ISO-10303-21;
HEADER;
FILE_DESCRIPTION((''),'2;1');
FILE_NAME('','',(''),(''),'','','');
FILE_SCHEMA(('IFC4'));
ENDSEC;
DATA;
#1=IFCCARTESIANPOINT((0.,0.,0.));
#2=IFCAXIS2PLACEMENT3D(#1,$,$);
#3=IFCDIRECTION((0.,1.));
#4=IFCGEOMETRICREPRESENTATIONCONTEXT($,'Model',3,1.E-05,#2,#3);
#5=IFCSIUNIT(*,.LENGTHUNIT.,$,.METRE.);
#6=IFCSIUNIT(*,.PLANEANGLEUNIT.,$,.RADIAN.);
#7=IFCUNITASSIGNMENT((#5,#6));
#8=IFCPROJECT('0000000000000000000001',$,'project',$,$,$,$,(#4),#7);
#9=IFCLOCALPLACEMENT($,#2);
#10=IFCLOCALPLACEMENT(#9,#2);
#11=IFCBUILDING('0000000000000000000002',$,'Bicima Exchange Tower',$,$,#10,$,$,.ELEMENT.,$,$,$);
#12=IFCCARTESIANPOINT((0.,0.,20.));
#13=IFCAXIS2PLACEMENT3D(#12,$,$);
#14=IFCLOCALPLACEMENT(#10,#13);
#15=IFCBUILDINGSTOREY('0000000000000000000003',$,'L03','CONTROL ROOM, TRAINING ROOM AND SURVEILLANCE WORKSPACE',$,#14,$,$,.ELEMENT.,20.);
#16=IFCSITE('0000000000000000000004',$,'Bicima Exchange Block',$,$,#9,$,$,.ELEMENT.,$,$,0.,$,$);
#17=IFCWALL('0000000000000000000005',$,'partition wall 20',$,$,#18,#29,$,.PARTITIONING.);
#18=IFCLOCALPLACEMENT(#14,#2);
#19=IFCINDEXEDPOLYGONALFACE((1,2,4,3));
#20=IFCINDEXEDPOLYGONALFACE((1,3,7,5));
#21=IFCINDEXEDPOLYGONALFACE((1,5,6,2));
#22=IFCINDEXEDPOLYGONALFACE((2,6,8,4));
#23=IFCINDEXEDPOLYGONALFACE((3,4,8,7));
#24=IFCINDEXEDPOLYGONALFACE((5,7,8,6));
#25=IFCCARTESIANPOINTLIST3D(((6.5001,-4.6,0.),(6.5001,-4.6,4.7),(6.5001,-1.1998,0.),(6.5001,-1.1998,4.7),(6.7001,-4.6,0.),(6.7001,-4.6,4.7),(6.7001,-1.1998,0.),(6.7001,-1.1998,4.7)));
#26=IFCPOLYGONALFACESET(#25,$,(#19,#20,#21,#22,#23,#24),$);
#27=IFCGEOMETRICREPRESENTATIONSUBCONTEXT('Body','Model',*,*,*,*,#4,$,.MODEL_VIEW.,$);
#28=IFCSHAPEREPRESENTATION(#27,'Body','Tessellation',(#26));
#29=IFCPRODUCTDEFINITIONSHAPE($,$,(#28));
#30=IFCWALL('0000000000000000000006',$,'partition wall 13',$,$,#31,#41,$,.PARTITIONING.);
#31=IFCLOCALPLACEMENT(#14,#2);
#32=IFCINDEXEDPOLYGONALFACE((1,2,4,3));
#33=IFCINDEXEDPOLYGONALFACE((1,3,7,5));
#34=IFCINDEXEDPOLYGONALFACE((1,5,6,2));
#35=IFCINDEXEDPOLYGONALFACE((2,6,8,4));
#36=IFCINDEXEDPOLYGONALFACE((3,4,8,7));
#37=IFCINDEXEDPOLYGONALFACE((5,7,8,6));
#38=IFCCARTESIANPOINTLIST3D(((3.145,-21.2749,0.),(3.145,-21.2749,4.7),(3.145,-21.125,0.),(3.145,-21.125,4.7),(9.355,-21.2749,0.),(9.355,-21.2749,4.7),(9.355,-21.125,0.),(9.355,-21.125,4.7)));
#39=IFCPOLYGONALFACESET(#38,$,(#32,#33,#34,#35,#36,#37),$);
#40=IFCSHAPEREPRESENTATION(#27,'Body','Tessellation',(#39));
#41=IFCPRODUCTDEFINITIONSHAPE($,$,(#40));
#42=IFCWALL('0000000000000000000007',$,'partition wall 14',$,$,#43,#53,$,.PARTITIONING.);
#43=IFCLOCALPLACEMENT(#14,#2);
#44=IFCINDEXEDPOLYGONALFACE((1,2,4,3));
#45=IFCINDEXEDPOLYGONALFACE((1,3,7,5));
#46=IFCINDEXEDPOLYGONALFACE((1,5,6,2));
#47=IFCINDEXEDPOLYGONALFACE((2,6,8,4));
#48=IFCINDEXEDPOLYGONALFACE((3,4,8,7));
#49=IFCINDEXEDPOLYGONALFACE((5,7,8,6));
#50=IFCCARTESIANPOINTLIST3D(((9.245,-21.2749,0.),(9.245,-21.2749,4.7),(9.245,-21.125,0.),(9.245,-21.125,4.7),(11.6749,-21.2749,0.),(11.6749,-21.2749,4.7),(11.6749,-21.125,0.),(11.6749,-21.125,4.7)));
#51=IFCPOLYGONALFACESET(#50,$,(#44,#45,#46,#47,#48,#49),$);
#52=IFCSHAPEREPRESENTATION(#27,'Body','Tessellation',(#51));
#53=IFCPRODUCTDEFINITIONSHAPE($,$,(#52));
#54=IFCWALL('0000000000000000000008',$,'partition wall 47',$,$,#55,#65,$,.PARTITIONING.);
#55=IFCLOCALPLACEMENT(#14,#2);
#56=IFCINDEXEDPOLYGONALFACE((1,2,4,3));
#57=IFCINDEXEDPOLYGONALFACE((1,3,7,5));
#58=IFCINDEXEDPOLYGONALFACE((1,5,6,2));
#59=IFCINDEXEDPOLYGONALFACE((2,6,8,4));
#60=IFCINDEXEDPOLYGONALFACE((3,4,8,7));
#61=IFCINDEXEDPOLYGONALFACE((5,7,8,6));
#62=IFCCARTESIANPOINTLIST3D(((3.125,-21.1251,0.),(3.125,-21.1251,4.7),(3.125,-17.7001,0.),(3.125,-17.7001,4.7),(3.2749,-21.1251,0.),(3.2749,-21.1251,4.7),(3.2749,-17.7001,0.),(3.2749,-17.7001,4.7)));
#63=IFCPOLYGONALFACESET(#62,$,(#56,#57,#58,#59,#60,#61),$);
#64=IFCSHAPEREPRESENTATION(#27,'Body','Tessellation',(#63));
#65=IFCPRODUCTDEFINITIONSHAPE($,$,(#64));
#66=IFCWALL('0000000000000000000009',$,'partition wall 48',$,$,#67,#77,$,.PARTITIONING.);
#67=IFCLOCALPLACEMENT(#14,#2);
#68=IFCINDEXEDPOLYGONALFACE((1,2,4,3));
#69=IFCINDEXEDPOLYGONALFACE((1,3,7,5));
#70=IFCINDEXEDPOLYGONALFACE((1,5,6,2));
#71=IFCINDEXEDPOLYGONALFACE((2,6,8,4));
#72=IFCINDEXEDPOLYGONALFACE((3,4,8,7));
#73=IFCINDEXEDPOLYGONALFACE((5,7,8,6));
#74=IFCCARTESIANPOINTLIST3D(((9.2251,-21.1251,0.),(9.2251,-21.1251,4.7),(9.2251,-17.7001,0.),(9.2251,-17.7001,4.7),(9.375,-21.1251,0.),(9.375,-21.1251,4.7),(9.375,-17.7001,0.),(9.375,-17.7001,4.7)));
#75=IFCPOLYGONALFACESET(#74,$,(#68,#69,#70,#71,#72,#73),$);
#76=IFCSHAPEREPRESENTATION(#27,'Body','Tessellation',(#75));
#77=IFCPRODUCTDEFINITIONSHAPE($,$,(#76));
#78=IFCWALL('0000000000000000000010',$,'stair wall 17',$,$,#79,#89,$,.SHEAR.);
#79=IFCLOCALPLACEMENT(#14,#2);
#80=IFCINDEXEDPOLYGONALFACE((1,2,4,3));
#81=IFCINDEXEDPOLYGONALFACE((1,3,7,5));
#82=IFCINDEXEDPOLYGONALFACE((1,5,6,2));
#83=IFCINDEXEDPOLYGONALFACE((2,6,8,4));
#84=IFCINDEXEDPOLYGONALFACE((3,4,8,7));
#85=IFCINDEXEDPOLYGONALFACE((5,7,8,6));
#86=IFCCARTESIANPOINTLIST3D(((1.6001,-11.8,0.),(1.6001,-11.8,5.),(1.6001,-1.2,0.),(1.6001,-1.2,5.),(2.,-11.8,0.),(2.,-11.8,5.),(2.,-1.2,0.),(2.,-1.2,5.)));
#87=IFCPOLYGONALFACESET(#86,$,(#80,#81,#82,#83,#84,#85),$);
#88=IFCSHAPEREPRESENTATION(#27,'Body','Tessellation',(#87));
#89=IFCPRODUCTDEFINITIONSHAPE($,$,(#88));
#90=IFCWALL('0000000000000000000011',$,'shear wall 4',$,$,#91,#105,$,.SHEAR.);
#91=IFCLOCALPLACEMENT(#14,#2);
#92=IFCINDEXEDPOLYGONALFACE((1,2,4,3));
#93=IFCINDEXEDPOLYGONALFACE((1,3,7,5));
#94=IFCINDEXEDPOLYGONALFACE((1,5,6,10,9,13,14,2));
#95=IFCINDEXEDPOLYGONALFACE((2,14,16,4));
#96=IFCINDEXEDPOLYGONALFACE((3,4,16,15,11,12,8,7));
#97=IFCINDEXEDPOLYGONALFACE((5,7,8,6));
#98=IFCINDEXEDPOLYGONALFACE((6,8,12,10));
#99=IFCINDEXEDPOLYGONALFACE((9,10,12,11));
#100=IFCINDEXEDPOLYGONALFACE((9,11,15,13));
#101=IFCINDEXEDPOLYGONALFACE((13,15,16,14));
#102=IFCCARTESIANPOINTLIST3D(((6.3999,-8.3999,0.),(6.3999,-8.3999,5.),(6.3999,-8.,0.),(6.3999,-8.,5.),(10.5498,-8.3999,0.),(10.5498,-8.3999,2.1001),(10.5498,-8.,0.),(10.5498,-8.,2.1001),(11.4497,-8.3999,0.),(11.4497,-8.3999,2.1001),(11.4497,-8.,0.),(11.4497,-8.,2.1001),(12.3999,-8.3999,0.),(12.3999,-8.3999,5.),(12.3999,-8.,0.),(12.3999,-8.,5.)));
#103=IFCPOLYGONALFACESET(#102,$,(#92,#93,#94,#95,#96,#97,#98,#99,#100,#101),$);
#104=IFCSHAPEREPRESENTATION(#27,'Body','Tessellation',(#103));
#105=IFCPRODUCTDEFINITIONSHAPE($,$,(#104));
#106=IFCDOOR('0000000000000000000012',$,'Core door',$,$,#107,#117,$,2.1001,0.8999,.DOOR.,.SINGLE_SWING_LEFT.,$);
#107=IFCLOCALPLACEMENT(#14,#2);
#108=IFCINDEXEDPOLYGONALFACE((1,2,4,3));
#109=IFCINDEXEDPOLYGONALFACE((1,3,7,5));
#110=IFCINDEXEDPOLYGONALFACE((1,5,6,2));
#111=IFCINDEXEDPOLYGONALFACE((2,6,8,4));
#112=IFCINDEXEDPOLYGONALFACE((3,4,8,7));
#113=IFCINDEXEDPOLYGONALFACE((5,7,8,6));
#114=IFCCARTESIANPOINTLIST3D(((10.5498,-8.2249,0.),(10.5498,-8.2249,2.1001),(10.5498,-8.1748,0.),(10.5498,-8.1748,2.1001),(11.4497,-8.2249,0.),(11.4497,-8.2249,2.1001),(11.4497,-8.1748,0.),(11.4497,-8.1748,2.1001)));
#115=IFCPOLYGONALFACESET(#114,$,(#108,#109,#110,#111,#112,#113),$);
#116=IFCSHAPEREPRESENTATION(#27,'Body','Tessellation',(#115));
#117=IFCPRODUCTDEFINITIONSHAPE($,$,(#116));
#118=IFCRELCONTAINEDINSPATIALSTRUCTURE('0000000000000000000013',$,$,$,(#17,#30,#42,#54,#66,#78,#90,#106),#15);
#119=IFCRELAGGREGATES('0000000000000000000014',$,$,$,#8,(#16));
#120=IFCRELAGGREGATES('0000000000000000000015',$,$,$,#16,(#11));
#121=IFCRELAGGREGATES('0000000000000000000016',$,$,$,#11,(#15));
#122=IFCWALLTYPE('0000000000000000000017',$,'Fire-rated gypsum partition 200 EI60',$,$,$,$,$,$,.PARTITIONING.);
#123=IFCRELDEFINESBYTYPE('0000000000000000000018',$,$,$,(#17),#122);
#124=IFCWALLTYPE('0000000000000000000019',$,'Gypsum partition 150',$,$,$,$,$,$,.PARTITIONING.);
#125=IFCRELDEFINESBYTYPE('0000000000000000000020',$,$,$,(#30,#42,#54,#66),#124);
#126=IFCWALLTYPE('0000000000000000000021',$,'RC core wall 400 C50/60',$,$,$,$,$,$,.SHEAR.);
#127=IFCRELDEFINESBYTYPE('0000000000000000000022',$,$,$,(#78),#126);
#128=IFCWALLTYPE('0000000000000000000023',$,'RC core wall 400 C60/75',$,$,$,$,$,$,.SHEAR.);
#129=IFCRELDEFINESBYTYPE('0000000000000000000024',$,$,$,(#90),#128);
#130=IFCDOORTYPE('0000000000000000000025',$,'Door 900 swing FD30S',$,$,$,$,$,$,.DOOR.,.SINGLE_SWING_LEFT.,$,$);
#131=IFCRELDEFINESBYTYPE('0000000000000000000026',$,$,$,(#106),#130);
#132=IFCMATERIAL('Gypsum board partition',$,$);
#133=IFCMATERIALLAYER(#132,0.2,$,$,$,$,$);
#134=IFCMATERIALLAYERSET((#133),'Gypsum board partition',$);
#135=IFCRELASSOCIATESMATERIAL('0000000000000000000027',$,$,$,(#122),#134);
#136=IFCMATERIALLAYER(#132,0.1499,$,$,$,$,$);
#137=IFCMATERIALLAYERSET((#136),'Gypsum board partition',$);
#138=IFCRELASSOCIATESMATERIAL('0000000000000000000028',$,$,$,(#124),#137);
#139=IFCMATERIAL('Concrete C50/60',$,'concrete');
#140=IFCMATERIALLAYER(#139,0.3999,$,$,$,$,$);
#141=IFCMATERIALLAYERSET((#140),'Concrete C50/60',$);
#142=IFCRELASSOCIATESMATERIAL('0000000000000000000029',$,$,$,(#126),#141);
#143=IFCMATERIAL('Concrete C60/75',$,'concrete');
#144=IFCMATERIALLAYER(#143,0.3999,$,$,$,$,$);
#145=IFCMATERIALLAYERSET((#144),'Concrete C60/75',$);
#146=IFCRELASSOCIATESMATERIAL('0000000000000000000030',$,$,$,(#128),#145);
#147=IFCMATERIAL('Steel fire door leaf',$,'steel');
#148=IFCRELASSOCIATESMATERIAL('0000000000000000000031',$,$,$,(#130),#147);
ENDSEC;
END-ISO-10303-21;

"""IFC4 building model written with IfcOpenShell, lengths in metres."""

from ifc_helpers import new_model, si_unit, direction, frame, frame_2d, origin, place, context, subcontext, project, spatial, rectangle, extrude, material, layer, layer_set, type_object, element, fill, save


model = new_model("IFC4")

# Units and contexts
model_context = context("Model", 3, precision=1e-05, world=origin(), true_north=direction((0.0, 1.0)))
body_context = subcontext(model_context, "Body", "Model", "MODEL_VIEW")
ifc_project = project(units=[si_unit("LENGTHUNIT", "METRE"), si_unit("PLANEANGLEUNIT", "RADIAN")], contexts=[model_context])

# Site, building, storey
site_placement = place(None, origin())
site = spatial("IfcSite", under=ifc_project, at=site_placement, Name="Bicima Exchange Block", CompositionType="ELEMENT", RefElevation=0.0)
building_placement = place(site_placement, origin())
building = spatial("IfcBuilding", under=site, at=building_placement, Name="Bicima Exchange Tower", CompositionType="ELEMENT")
storey_placement = place(building_placement, frame((0.0, 0.0, 20.0)))
storey = spatial("IfcBuildingStorey", under=building, at=storey_placement, Name="L03", Description="CONTROL ROOM, TRAINING ROOM AND SURVEILLANCE WORKSPACE", CompositionType="ELEMENT", Elevation=20.0)

# Walls
ifc_material_1 = material(Name="Gypsum board partition")
ifc_layer_1 = layer(ifc_material_1, 0.2)
ifc_layer_set_1 = layer_set([ifc_layer_1], Name="Gypsum board partition")
wall_type_1 = type_object("IfcWallType", Name="Fire-rated gypsum partition 200 EI60", PredefinedType="PARTITIONING", material=ifc_layer_set_1)
wall_1_placement = place(storey_placement, frame((6.6001, -4.6001, 0.0), z_axis=(0.0, 0.0, 1.0), x_axis=(0.0, 1.0, 0.0)))
element("IfcWall", 1, at=wall_1_placement, inside=storey, type_object=wall_type_1, Name="partition wall 20", PredefinedType="PARTITIONING", context=body_context, shape_type="SweptSolid", body=[
    extrude(rectangle(XDim=3.4001, YDim=0.2, at=frame_2d((1.7002, 0.0))), origin(), (0.0, 0.0, 1.0), 4.7),
])
ifc_layer_2 = layer(ifc_material_1, 0.1499)
ifc_layer_set_2 = layer_set([ifc_layer_2], Name="Gypsum board partition")
wall_type_2 = type_object("IfcWallType", Name="Gypsum partition 150", PredefinedType="PARTITIONING", material=ifc_layer_set_2)
wall_2_placement = place(storey_placement, frame((3.145, -21.2, 0.0), z_axis=(0.0, 0.0, 1.0), x_axis=(1.0, 0.0, 0.0)))
element("IfcWall", 2, at=wall_2_placement, inside=storey, type_object=wall_type_2, Name="partition wall 13", PredefinedType="PARTITIONING", context=body_context, shape_type="SweptSolid", body=[
    extrude(rectangle(XDim=6.21, YDim=0.1499, at=frame_2d((3.105, 0.0))), origin(), (0.0, 0.0, 1.0), 4.7),
])
wall_3_placement = place(storey_placement, frame((9.2451, -21.2, 0.0), z_axis=(0.0, 0.0, 1.0), x_axis=(1.0, 0.0, 0.0)))
element("IfcWall", 3, at=wall_3_placement, inside=storey, type_object=wall_type_2, Name="partition wall 14", PredefinedType="PARTITIONING", context=body_context, shape_type="SweptSolid", body=[
    extrude(rectangle(XDim=2.4299, YDim=0.1499, at=frame_2d((1.2148, 0.0))), origin(), (0.0, 0.0, 1.0), 4.7),
])
for number, where, z_axis, x_axis, name in (
    (4, (3.2, -21.125, 0.0), (0.0, 0.0, 1.0), (0.0, 1.0, 0.0), "partition wall 47"),
    (5, (9.3, -21.125, 0.0), (0.0, 0.0, 1.0), (0.0, 1.0, 0.0), "partition wall 48"),
):
    element("IfcWall", number, at=place(storey_placement, frame(where, z_axis=z_axis, x_axis=x_axis)), inside=storey, type_object=wall_type_2, Name=name, PredefinedType="PARTITIONING", context=body_context, shape_type="SweptSolid", body=[
        extrude(rectangle(XDim=3.425, YDim=0.1499, at=frame_2d((1.7124, 0.0))), origin(), (0.0, 0.0, 1.0), 4.7),
    ])
ifc_material_2 = material(Name="Concrete C50/60", Category="concrete")
ifc_layer_3 = layer(ifc_material_2, 0.3999)
ifc_layer_set_3 = layer_set([ifc_layer_3], Name="Concrete C50/60")
wall_type_3 = type_object("IfcWallType", Name="RC core wall 400 C50/60", PredefinedType="SHEAR", material=ifc_layer_set_3)
wall_4_placement = place(storey_placement, frame((1.8, -11.8, 0.0), z_axis=(0.0, 0.0, 1.0), x_axis=(0.0, 1.0, 0.0)))
element("IfcWall", 6, at=wall_4_placement, inside=storey, type_object=wall_type_3, Name="stair wall 17", PredefinedType="SHEAR", context=body_context, shape_type="SweptSolid", body=[
    extrude(rectangle(XDim=10.6001, YDim=0.3999, at=frame_2d((5.3, 0.0))), origin(), (0.0, 0.0, 1.0), 5.0),
])

# Wall, opening, door
ifc_material_3 = material(Name="Concrete C60/75", Category="concrete")
ifc_layer_4 = layer(ifc_material_3, 0.3999)
ifc_layer_set_4 = layer_set([ifc_layer_4], Name="Concrete C60/75")
wall_type_4 = type_object("IfcWallType", Name="RC core wall 400 C60/75", PredefinedType="SHEAR", material=ifc_layer_set_4)
wall_5_placement = place(storey_placement, frame((6.3999, -8.2, 0.0), z_axis=(0.0, 0.0, 1.0), x_axis=(1.0, 0.0, 0.0)))
wall_5 = element("IfcWall", 7, at=wall_5_placement, inside=storey, type_object=wall_type_4, Name="shear wall 4", PredefinedType="SHEAR", context=body_context, shape_type="SweptSolid", body=[
    extrude(rectangle(XDim=6.0, YDim=0.3999, at=frame_2d((3.0, 0.0))), origin(), (0.0, 0.0, 1.0), 5.0),
])
opening_1_placement = place(wall_5_placement, frame((4.1499, 0.0, 0.0)))
opening_1 = element("IfcOpeningElement", 8, at=opening_1_placement, cuts=wall_5, PredefinedType="OPENING", context=body_context, shape_type="SweptSolid", body=[
    extrude(rectangle(XDim=0.8999, YDim=2.1001, at=frame_2d((0.45, 1.05))), frame((0.0, 0.2119, 0.0), z_axis=(0.0, -1.0, 0.0), x_axis=(1.0, 0.0, 0.0)), (0.0, 0.0, 1.0), 0.4238),
])
ifc_material_4 = material(Name="Steel fire door leaf", Category="steel")
door_type_1 = type_object("IfcDoorType", Name="Door 900 swing FD30S", OperationType="SINGLE_SWING_LEFT", PredefinedType="DOOR", material=ifc_material_4)
door_1_placement = place(opening_1_placement, frame((0.8999, 0.0, 0.0), z_axis=(0.0, 0.0, 1.0), x_axis=(-1.0, 0.0, 0.0)))
door_1 = element("IfcDoor", 9, at=door_1_placement, inside=storey, type_object=door_type_1, Name="Core door", OperationType="SINGLE_SWING_LEFT", OverallHeight=2.1001, OverallWidth=0.8999, PredefinedType="DOOR", context=body_context, shape_type="SweptSolid", body=[
    extrude(rectangle(XDim=0.8999, YDim=2.1001, at=frame_2d((0.45, 1.05))), frame((0.0, 0.0249, 0.0), z_axis=(0.0, -1.0, 0.0), x_axis=(1.0, 0.0, 0.0)), (0.0, 0.0, 1.0), 0.05),
])
fill(opening_1, door_1)

save(model, "model.ifc")
